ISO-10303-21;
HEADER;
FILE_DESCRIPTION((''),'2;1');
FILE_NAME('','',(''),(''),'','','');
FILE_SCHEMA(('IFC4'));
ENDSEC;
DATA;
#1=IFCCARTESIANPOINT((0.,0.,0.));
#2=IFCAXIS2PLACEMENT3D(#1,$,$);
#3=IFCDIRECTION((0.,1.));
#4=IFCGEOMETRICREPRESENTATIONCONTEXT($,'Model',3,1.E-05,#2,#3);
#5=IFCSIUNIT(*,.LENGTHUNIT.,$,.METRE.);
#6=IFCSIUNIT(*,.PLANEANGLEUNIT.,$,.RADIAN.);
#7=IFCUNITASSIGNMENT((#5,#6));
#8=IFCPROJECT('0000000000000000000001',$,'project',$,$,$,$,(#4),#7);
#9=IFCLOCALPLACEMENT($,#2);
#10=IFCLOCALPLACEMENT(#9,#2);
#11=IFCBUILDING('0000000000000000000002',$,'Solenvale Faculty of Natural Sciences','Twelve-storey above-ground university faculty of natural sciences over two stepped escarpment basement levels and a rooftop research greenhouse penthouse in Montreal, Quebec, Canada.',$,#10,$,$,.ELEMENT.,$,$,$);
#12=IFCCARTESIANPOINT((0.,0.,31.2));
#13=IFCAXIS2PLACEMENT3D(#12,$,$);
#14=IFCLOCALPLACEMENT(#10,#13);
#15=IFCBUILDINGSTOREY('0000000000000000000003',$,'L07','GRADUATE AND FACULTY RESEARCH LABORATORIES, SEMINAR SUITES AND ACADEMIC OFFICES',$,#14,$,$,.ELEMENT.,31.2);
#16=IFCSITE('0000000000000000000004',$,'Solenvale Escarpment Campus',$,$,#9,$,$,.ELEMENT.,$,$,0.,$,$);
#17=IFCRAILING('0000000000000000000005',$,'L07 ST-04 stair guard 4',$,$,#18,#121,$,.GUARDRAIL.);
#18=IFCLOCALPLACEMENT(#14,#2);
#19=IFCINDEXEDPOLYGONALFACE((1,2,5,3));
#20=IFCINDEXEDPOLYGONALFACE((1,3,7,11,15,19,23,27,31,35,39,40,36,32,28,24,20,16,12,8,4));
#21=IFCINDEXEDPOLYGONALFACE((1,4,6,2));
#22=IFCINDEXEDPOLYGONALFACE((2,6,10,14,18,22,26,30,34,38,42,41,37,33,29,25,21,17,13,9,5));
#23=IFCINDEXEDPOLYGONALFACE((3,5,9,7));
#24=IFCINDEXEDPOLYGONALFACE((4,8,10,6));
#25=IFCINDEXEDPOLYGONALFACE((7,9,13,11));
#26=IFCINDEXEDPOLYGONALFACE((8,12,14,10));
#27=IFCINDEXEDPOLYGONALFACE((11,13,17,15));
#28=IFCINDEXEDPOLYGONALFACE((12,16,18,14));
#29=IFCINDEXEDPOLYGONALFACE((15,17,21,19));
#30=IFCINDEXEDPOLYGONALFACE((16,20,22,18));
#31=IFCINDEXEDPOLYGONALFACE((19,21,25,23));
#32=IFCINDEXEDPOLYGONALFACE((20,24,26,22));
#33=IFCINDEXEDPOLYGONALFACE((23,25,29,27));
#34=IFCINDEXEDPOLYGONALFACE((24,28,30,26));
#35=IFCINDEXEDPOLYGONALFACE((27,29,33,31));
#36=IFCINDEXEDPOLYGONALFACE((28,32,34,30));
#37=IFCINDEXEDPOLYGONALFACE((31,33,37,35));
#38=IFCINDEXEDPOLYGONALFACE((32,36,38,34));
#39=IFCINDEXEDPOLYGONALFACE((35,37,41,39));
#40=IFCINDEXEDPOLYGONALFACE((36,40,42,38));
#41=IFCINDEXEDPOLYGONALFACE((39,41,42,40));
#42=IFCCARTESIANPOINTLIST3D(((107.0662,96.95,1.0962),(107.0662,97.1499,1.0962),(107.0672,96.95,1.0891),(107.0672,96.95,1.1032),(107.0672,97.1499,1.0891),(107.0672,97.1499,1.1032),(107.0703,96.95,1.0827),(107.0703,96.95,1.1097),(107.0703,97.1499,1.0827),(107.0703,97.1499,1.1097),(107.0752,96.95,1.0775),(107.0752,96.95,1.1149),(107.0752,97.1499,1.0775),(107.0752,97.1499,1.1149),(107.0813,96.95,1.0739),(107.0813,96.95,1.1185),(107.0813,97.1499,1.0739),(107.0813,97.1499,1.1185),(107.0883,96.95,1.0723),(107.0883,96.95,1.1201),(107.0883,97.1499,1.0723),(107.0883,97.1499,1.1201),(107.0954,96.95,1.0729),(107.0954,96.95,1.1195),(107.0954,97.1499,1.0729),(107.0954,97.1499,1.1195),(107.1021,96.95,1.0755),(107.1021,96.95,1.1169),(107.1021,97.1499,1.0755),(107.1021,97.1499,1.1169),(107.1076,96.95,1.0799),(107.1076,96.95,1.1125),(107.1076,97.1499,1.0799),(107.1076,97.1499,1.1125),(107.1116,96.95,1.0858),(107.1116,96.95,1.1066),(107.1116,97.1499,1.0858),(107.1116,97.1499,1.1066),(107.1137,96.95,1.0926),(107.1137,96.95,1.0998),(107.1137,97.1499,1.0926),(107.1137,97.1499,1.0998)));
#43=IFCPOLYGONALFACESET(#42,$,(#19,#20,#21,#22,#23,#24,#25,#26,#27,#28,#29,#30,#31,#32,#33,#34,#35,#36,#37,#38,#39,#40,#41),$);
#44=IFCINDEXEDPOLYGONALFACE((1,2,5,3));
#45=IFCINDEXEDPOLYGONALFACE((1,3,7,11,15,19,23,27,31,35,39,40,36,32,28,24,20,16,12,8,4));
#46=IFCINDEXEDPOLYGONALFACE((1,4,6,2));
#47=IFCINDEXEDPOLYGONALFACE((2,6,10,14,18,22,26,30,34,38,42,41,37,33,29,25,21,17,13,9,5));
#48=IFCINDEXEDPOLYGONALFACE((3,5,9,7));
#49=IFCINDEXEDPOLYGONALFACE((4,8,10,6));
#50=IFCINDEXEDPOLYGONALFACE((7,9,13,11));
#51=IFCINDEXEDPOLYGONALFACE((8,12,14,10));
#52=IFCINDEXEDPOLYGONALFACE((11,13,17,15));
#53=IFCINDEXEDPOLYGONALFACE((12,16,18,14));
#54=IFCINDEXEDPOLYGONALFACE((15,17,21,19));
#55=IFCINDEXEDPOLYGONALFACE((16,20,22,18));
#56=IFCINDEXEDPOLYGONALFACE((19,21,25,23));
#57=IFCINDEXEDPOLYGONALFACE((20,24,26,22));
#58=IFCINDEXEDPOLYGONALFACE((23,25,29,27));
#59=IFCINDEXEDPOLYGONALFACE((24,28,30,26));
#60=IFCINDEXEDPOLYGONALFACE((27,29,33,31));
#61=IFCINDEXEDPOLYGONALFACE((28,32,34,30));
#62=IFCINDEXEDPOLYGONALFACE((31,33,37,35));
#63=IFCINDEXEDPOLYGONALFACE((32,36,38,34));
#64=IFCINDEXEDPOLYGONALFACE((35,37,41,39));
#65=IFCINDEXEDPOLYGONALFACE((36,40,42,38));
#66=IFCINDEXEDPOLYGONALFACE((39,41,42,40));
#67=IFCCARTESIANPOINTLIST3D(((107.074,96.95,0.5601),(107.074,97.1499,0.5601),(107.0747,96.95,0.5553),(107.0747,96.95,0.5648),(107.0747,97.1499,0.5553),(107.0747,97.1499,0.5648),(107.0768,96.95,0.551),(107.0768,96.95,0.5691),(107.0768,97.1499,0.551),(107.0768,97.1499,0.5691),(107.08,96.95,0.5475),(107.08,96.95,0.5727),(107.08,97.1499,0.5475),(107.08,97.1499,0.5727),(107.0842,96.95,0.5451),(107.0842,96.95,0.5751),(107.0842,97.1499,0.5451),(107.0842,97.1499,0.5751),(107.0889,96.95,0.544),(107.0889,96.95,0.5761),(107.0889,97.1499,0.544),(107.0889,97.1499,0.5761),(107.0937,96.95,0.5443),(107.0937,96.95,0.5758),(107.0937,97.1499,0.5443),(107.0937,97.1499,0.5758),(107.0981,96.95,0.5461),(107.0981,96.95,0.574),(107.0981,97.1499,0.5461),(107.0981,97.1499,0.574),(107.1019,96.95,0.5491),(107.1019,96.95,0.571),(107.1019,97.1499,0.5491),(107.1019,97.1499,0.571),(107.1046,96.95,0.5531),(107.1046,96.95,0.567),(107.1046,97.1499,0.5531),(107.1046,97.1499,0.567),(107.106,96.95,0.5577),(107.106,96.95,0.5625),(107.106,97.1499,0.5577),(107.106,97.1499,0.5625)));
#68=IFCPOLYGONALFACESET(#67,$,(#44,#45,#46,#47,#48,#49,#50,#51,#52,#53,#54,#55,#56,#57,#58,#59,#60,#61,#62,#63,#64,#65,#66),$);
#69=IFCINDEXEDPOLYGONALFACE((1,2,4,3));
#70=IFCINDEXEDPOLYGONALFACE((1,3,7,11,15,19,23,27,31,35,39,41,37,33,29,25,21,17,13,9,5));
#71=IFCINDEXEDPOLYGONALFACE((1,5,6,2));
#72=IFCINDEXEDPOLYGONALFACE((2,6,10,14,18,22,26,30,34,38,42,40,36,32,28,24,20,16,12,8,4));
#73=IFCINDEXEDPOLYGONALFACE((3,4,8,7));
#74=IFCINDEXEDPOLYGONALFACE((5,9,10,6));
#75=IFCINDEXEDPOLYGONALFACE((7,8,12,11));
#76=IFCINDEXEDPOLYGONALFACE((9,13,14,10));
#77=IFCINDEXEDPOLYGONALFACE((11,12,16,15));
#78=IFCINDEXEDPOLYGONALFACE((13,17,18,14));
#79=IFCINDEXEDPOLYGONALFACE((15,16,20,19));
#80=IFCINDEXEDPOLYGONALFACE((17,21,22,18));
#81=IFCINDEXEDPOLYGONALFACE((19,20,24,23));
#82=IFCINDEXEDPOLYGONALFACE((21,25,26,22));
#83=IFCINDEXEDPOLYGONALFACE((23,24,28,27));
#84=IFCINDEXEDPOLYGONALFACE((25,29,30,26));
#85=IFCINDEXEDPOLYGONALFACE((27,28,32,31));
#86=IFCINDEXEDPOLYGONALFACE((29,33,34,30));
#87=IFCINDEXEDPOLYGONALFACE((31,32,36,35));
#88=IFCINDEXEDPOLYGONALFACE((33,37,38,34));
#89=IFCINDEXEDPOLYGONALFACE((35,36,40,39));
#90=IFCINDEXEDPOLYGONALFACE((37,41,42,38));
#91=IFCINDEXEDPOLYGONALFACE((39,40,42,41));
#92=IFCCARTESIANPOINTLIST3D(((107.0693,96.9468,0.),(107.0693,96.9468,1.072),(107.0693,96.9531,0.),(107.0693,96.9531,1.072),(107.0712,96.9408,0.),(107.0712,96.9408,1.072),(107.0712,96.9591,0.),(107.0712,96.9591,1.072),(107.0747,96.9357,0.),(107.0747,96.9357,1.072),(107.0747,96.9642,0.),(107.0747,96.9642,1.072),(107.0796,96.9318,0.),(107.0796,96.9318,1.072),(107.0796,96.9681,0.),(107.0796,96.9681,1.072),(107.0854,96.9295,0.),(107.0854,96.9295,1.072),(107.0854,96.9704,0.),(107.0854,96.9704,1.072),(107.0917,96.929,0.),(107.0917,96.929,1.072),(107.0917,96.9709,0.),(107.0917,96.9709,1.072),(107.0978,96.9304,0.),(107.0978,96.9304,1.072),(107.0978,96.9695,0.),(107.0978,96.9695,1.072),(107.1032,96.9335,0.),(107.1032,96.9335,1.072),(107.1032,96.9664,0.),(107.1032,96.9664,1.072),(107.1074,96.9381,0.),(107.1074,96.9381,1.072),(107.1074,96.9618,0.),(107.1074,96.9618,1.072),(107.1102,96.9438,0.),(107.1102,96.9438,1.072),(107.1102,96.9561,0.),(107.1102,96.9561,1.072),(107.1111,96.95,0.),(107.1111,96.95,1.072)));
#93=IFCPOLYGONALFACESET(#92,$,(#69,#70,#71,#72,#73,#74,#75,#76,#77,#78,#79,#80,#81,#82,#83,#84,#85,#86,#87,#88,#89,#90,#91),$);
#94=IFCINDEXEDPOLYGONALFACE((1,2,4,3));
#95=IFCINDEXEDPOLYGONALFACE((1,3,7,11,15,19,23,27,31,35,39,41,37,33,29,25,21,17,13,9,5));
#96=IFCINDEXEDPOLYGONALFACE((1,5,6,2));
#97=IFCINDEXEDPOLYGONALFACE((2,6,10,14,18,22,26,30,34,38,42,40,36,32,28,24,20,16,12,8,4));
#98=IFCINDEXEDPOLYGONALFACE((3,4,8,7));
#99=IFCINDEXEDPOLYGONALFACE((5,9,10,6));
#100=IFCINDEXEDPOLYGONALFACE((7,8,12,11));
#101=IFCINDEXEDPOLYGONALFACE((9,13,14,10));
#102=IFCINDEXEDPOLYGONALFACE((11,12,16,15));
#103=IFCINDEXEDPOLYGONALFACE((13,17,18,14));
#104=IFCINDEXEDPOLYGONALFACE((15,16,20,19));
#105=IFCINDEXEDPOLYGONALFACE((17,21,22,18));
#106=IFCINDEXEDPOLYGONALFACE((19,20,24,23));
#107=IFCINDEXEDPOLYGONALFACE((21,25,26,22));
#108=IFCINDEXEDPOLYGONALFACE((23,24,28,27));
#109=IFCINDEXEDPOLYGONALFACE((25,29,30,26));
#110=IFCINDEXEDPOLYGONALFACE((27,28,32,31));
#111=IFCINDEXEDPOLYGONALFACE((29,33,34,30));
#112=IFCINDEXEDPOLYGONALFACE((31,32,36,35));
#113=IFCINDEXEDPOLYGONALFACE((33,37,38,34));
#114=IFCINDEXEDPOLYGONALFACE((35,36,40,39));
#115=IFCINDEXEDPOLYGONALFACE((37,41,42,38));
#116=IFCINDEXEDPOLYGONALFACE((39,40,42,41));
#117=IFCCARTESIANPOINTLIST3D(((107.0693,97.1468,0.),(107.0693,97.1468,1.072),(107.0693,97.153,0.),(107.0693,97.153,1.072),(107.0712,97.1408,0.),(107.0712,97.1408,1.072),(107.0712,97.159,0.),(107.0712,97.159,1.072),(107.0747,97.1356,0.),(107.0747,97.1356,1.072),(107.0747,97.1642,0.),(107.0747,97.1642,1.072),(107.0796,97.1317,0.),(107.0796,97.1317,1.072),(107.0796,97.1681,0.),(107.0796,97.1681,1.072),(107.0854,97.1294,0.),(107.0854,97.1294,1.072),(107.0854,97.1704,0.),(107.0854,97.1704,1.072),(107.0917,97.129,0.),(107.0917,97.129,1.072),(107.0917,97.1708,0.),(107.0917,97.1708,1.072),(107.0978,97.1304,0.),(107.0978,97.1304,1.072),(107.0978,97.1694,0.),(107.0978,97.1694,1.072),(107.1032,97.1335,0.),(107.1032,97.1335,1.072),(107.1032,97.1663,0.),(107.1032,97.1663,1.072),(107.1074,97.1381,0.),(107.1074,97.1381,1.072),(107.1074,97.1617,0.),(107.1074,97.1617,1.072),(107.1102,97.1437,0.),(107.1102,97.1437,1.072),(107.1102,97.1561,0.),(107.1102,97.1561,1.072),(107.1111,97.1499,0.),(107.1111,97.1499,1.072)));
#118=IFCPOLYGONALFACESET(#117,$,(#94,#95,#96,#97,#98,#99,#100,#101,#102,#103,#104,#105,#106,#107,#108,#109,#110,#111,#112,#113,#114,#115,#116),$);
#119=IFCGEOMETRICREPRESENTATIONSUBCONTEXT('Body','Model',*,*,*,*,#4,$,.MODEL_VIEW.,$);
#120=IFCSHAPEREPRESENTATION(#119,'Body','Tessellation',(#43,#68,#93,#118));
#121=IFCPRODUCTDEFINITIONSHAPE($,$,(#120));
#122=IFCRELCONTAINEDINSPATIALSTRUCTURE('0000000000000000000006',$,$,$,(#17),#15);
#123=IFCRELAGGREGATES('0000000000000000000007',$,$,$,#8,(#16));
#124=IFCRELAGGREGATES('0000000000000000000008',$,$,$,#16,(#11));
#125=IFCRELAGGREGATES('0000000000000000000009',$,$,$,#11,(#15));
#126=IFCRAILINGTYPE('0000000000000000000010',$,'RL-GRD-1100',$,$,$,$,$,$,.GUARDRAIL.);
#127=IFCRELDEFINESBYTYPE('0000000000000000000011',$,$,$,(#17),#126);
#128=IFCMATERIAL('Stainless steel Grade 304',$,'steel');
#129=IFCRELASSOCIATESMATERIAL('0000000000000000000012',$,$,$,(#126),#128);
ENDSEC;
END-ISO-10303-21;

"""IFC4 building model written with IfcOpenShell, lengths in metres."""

from ifc_helpers import new_model, si_unit, direction, frame, origin, origin_2d, place, context, subcontext, project, spatial, circle, extrude, material, type_object, element, save


model = new_model("IFC4")

# Units and contexts
model_context = context("Model", 3, precision=1e-05, world=origin(), true_north=direction((0.0, 1.0)))
body_context = subcontext(model_context, "Body", "Model", "MODEL_VIEW")
ifc_project = project(units=[si_unit("LENGTHUNIT", "METRE"), si_unit("PLANEANGLEUNIT", "RADIAN")], contexts=[model_context])

# Site, building, storey
site_placement = place(None, origin())
site = spatial("IfcSite", under=ifc_project, at=site_placement, Name="Solenvale Escarpment Campus", CompositionType="ELEMENT", RefElevation=0.0)
building_placement = place(site_placement, origin())
building = spatial("IfcBuilding", under=site, at=building_placement, Name="Solenvale Faculty of Natural Sciences", Description="Twelve-storey above-ground university faculty of natural sciences over two stepped escarpment basement levels and a rooftop research greenhouse penthouse in Montreal, Quebec, Canada.", CompositionType="ELEMENT")
storey_placement = place(building_placement, frame((0.0, 0.0, 31.2)))
storey = spatial("IfcBuildingStorey", under=building, at=storey_placement, Name="L07", Description="GRADUATE AND FACULTY RESEARCH LABORATORIES, SEMINAR SUITES AND ACADEMIC OFFICES", CompositionType="ELEMENT", Elevation=31.2)

# Railing
ifc_material_1 = material(Name="Stainless steel Grade 304", Category="steel")
railing_type_1 = type_object("IfcRailingType", Name="RL-GRD-1100", PredefinedType="GUARDRAIL", material=ifc_material_1)
railing_1_placement = place(storey_placement, frame((107.0901, 96.95, 0.0)))
element("IfcRailing", 1, at=railing_1_placement, inside=storey, type_object=railing_type_1, Name="L07 ST-04 stair guard 4", PredefinedType="GUARDRAIL", context=body_context, shape_type="SweptSolid", body=[
    extrude(circle(Radius=0.0239, at=origin_2d()), frame((0.0, 0.0, 1.0962), z_axis=(0.0, 1.0, 0.0), x_axis=(-1.0, 0.0, 0.0)), (0.0, 0.0, 1.0), 0.2),
    extrude(circle(Radius=0.0161, at=origin_2d()), frame((0.0, 0.0, 0.5601), z_axis=(0.0, 1.0, 0.0), x_axis=(-1.0, 0.0, 0.0)), (0.0, 0.0, 1.0), 0.2),
    extrude(circle(Radius=0.021, at=origin_2d()), origin(), (0.0, 0.0, 1.0), 1.072),
    extrude(circle(Radius=0.021, at=origin_2d()), frame((0.0, 0.2, 0.0)), (0.0, 0.0, 1.0), 1.072),
])

save(model, "model.ifc")
